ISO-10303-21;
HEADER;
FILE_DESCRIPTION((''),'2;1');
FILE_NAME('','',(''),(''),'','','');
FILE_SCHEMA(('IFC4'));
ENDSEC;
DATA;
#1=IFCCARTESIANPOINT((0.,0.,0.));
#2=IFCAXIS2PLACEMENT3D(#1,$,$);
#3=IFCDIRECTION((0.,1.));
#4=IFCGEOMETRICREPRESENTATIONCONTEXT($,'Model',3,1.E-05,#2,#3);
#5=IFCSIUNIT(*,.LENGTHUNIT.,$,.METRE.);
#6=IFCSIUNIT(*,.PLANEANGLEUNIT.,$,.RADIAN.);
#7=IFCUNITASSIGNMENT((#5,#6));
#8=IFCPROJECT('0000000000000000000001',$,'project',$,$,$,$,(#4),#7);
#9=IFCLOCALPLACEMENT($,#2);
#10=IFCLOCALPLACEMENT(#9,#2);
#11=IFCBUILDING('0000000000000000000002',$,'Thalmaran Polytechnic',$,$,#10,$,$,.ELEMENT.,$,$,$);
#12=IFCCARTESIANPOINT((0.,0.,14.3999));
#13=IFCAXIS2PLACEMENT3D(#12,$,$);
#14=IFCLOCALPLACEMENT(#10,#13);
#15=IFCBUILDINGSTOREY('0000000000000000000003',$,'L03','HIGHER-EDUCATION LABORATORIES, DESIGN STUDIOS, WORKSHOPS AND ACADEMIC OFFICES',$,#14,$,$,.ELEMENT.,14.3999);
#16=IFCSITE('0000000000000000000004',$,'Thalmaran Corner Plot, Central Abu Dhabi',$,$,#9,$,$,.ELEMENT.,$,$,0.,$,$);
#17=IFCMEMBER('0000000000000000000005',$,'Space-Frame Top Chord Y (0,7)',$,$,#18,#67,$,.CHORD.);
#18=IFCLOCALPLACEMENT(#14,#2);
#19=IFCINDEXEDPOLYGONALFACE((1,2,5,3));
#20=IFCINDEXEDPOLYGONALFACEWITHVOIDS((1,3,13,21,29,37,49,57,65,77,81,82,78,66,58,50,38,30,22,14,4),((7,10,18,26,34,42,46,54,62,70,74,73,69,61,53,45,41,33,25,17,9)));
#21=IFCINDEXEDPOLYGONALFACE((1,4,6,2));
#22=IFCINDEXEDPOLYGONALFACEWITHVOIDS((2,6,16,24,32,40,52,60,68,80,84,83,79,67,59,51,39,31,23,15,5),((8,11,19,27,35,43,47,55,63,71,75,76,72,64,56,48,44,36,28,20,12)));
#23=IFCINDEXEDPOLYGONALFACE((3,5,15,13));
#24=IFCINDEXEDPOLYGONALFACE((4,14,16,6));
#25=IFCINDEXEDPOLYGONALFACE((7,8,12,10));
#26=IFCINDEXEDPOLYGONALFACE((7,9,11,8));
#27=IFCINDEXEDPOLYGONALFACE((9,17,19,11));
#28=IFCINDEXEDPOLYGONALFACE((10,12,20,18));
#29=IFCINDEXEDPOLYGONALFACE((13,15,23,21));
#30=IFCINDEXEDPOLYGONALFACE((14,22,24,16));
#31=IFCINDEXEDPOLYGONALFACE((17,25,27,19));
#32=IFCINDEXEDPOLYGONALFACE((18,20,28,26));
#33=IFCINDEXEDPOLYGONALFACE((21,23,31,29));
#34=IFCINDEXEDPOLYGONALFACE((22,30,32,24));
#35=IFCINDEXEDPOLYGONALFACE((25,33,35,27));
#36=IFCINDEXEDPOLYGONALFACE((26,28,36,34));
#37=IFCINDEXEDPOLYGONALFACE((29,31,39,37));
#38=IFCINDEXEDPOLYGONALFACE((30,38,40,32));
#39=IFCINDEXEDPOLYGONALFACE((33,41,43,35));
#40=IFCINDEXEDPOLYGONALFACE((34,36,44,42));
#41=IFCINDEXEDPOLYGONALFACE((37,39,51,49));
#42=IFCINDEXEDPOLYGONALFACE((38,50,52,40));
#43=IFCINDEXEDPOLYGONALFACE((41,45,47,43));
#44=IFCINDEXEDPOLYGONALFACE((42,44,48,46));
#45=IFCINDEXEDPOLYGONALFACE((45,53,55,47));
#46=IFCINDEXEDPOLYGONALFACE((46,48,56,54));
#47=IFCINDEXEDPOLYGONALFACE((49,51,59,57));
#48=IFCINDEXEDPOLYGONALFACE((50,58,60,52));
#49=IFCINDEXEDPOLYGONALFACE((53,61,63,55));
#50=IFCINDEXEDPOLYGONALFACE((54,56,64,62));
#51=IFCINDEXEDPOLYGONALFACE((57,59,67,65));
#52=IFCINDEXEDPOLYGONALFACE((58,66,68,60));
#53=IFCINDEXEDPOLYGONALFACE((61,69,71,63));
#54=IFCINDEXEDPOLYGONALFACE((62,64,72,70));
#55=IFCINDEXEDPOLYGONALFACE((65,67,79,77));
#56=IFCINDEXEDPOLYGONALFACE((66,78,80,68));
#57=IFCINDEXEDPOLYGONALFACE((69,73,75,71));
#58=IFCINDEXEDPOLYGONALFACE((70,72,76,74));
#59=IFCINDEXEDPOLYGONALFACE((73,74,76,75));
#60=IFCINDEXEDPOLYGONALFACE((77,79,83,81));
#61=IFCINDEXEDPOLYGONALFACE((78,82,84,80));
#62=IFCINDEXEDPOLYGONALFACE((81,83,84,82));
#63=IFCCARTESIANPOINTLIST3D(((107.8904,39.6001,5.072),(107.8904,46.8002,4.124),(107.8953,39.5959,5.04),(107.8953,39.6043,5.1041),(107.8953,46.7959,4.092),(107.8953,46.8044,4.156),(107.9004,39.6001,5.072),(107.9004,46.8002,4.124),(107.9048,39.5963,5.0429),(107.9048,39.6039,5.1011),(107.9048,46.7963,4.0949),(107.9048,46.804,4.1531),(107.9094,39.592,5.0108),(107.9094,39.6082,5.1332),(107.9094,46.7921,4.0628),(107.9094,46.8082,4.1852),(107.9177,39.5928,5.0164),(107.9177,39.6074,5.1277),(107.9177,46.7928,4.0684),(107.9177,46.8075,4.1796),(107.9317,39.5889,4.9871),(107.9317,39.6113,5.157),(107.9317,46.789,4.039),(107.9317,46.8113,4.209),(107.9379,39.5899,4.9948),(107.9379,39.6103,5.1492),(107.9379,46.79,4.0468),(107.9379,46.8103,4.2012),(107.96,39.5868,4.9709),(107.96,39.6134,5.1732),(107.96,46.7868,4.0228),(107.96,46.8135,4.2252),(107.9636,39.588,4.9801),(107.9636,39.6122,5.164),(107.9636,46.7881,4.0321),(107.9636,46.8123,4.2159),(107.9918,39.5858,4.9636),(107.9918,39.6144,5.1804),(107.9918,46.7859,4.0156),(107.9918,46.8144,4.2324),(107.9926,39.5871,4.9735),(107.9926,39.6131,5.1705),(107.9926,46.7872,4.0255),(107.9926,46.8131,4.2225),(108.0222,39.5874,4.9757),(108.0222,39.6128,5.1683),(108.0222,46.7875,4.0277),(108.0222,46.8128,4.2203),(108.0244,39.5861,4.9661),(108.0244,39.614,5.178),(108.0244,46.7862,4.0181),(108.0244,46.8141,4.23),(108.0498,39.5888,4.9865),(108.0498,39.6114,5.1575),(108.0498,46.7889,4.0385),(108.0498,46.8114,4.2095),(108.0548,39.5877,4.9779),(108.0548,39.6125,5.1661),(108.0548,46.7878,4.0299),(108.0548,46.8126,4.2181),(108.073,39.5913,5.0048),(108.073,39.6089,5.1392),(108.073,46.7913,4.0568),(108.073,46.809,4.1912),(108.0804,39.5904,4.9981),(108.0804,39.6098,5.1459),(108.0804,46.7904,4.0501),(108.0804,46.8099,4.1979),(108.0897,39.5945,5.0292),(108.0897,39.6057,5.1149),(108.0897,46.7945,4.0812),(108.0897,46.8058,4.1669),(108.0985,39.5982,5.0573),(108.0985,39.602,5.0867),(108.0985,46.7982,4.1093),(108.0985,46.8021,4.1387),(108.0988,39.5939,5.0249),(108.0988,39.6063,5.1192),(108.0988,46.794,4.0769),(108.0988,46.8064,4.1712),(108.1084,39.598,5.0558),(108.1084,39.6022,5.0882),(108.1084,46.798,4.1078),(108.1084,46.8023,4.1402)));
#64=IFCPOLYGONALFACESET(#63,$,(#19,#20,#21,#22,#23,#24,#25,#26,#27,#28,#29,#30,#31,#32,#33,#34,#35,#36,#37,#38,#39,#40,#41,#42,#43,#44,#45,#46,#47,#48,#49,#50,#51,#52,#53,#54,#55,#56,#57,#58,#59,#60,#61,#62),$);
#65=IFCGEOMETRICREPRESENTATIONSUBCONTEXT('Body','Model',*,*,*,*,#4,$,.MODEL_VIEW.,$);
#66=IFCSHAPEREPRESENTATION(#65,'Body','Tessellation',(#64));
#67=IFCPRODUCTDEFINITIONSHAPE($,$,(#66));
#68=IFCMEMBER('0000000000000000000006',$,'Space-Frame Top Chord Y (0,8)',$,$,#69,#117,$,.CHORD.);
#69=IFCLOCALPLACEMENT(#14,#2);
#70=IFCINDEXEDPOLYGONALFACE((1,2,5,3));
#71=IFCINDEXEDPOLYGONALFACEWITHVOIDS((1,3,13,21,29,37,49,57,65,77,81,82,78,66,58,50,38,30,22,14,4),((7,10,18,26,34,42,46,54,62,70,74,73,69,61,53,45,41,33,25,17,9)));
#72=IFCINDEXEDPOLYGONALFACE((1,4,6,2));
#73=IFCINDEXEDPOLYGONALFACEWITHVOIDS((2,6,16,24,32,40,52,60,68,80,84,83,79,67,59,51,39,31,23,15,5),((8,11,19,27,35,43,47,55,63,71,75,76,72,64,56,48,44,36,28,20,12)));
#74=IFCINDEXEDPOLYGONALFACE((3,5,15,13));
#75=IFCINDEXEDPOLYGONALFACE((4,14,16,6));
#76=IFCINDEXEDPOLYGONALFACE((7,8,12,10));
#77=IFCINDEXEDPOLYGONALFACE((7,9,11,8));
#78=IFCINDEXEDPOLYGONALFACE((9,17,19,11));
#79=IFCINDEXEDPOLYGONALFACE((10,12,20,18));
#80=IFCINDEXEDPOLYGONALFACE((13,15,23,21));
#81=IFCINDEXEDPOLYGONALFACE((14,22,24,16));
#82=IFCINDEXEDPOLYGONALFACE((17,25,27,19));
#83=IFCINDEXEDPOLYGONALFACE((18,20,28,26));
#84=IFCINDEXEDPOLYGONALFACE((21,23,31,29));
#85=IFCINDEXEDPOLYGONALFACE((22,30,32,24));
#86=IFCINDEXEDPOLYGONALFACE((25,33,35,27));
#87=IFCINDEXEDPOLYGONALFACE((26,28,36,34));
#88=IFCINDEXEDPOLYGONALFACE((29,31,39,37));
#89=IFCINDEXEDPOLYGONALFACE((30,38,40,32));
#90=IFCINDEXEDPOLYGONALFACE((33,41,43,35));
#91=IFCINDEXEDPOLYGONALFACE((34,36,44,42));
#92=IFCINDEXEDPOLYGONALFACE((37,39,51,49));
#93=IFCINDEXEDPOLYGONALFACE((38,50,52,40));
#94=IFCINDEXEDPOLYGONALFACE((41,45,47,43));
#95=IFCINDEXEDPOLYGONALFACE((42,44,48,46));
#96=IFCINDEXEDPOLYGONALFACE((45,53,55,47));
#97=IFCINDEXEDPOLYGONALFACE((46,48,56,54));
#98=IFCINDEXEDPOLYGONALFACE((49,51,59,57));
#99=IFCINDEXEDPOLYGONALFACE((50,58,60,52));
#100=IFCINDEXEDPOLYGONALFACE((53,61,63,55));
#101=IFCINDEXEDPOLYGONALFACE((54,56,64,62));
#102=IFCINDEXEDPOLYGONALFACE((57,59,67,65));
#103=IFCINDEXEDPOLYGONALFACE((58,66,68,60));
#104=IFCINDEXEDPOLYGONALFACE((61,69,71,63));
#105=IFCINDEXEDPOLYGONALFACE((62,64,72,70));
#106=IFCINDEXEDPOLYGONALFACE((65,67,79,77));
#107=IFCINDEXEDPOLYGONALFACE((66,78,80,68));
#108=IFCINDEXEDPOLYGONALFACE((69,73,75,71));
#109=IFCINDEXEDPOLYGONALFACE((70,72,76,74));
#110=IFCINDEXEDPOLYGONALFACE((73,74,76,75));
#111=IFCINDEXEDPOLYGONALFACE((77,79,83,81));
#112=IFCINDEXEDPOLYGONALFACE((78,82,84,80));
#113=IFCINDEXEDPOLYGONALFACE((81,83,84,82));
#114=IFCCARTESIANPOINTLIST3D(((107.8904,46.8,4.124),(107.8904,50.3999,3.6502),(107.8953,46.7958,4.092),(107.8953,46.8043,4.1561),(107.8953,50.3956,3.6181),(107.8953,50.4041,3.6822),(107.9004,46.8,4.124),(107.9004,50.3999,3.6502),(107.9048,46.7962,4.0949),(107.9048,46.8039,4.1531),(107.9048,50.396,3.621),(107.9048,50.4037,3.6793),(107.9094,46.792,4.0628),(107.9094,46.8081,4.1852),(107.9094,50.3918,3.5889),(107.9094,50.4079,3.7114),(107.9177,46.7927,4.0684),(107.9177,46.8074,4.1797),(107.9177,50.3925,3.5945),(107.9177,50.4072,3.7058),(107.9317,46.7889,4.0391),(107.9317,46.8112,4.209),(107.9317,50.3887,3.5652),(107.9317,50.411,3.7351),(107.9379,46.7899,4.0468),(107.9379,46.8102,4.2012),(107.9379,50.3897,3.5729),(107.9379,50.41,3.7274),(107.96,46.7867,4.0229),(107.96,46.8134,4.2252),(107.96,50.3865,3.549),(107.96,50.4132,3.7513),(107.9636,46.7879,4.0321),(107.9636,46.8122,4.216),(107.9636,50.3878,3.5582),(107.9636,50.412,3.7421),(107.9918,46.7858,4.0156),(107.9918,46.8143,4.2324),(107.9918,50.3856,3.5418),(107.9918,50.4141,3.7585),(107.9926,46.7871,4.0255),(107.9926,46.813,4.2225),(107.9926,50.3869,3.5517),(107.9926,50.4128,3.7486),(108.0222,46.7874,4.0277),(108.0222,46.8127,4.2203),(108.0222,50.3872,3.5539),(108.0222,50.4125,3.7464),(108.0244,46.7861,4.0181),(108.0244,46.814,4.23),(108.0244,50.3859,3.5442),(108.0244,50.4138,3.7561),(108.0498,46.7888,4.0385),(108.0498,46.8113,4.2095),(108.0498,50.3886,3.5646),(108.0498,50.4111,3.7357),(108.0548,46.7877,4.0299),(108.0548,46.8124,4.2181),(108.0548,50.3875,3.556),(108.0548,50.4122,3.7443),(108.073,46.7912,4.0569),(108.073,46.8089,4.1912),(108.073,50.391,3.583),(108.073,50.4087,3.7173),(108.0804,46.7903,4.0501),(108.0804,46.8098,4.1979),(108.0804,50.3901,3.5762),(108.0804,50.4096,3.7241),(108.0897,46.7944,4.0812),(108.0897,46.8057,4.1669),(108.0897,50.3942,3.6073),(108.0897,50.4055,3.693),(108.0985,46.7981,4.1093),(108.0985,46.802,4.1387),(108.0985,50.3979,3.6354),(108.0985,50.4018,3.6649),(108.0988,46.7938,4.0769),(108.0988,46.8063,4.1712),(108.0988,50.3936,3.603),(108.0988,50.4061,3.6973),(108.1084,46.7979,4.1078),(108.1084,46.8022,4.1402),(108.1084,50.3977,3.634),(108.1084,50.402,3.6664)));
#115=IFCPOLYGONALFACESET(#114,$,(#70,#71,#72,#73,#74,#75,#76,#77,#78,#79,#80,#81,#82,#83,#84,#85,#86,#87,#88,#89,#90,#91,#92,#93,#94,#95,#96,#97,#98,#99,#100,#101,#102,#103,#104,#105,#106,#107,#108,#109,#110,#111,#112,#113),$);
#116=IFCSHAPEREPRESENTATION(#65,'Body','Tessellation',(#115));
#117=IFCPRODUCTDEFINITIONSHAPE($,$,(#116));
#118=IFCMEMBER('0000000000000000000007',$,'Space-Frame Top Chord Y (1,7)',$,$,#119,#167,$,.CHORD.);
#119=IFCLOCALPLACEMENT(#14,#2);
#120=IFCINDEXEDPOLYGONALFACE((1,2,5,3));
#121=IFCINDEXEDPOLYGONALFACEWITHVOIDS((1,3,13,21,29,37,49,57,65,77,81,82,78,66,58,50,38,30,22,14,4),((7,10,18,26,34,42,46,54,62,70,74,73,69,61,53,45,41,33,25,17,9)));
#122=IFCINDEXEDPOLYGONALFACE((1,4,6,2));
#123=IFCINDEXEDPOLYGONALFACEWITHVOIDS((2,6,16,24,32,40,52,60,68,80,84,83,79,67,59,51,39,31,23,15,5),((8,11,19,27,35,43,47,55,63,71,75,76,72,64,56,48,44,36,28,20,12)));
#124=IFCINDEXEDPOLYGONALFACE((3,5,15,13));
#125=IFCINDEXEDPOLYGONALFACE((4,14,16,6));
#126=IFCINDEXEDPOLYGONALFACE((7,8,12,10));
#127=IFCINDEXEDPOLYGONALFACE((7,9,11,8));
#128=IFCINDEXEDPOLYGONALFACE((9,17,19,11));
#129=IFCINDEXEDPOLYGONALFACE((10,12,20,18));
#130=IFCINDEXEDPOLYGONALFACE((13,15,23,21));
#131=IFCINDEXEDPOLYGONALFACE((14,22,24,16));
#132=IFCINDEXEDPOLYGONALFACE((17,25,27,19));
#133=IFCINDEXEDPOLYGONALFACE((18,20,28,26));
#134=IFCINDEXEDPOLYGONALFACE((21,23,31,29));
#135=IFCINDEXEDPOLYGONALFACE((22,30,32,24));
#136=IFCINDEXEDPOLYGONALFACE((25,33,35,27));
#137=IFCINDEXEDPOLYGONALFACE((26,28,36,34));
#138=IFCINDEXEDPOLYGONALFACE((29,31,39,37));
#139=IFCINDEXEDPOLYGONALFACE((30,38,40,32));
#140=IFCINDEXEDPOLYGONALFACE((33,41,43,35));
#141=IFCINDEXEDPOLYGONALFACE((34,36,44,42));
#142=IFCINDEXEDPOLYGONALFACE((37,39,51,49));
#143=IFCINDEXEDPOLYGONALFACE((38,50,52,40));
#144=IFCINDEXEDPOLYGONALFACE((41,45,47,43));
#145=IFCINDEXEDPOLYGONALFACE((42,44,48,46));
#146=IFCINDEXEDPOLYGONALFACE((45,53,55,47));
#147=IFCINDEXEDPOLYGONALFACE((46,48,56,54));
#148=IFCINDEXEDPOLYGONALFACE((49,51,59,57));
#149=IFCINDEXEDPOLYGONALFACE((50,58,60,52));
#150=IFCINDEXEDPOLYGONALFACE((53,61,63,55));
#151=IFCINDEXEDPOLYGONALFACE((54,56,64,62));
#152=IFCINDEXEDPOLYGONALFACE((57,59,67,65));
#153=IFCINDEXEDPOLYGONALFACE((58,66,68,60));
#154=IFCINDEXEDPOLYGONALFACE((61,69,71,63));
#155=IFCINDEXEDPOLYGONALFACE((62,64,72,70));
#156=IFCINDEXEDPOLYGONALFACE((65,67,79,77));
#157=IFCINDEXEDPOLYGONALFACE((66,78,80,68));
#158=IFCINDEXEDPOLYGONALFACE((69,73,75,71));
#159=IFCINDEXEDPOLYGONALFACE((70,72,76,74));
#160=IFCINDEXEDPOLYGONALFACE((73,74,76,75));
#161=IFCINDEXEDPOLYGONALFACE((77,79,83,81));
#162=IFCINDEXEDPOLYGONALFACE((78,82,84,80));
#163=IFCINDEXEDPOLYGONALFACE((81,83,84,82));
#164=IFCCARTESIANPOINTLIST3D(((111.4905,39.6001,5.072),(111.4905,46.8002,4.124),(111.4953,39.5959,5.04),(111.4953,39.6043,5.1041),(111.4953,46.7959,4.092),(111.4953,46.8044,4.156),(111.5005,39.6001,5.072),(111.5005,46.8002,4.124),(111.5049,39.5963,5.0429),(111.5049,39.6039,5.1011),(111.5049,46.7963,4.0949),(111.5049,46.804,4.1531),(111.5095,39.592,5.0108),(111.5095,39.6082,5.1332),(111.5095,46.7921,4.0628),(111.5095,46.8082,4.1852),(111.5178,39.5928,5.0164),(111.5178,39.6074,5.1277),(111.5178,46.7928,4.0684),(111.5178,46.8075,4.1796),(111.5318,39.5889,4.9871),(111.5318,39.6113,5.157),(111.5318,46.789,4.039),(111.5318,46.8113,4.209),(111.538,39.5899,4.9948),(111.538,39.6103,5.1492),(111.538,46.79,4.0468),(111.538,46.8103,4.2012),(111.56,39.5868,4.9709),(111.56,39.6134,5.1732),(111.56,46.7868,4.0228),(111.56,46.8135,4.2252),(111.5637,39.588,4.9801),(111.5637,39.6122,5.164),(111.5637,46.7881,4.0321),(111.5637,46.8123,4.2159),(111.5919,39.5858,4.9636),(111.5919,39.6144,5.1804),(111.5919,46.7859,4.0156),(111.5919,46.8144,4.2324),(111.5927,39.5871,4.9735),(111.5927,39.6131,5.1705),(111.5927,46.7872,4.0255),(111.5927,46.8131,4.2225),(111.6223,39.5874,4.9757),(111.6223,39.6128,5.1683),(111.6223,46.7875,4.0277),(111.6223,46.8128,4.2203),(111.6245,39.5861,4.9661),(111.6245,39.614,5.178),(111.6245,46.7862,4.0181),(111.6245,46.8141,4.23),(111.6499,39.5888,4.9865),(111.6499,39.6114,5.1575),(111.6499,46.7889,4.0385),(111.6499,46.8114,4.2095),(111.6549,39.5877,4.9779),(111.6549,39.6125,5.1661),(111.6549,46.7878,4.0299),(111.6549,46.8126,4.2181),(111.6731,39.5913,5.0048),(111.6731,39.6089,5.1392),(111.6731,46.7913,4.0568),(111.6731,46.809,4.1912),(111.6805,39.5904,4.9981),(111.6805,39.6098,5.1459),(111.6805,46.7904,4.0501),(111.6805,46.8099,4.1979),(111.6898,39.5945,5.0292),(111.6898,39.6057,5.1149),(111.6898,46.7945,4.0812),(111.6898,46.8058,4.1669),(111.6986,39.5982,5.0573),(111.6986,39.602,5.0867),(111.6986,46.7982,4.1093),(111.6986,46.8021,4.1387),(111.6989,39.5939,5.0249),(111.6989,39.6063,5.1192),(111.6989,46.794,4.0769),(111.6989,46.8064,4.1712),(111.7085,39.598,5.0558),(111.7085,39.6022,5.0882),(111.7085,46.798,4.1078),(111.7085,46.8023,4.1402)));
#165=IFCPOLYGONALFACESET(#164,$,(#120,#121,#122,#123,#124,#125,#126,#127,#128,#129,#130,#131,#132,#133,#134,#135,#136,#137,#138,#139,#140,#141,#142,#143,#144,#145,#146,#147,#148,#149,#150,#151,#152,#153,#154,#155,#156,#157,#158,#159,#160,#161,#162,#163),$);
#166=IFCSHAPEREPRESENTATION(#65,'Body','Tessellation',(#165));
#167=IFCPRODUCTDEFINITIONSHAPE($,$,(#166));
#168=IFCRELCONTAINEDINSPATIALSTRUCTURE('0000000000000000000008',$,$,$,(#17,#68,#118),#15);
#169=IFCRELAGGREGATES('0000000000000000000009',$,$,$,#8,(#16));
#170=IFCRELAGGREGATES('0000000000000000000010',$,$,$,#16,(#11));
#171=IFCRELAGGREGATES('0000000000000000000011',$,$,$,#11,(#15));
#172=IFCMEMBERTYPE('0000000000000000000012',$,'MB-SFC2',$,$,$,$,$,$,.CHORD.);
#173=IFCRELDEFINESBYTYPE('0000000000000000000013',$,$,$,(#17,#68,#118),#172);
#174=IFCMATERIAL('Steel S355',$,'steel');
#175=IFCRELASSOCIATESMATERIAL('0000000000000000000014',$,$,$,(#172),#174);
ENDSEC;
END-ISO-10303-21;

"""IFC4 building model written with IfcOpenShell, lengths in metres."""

from ifc_helpers import new_model, si_unit, direction, frame, origin, origin_2d, place, context, subcontext, project, spatial, hollow_circle, extrude, material, material_profile, profile_set, type_object, element, save


model = new_model("IFC4")

# Units and contexts
model_context = context("Model", 3, precision=1e-05, world=origin(), true_north=direction((0.0, 1.0)))
body_context = subcontext(model_context, "Body", "Model", "MODEL_VIEW")
ifc_project = project(units=[si_unit("LENGTHUNIT", "METRE"), si_unit("PLANEANGLEUNIT", "RADIAN")], contexts=[model_context])

# Site, building, storey
site_placement = place(None, origin())
site = spatial("IfcSite", under=ifc_project, at=site_placement, Name="Thalmaran Corner Plot, Central Abu Dhabi", CompositionType="ELEMENT", RefElevation=0.0)
building_placement = place(site_placement, origin())
building = spatial("IfcBuilding", under=site, at=building_placement, Name="Thalmaran Polytechnic", CompositionType="ELEMENT")
storey_placement = place(building_placement, frame((0.0, 0.0, 14.3999)))
storey = spatial("IfcBuildingStorey", under=building, at=storey_placement, Name="L03", Description="HIGHER-EDUCATION LABORATORIES, DESIGN STUDIOS, WORKSHOPS AND ACADEMIC OFFICES", CompositionType="ELEMENT", Elevation=14.3999)

# Shared definitions
ifc_material_1 = material(Name="Steel S355", Category="steel")

# Members
ifc_material_profile_1 = material_profile(ifc_material_1, hollow_circle(Radius=0.1096, WallThickness=0.01, at=origin_2d()), Name="CHS 219.1x10.0")
ifc_profile_set_1 = profile_set([ifc_material_profile_1], Name="Steel S355")
member_type_1 = type_object("IfcMemberType", Name="MB-SFC2", PredefinedType="CHORD", material=ifc_profile_set_1)
member_1_placement = place(storey_placement, frame((108.0, 39.6001, 5.072), z_axis=(0.0, 0.991443, -0.130541), x_axis=(-1.0, 0.0, 0.0)))
element("IfcMember", 1, at=member_1_placement, inside=storey, type_object=member_type_1, Name="Space-Frame Top Chord Y (0,7)", PredefinedType="CHORD", context=body_context, shape_type="SweptSolid", body=[
    extrude(hollow_circle(Radius=0.1096, WallThickness=0.01, at=origin_2d()), origin(), (0.0, 0.0, 1.0), 7.2622),
])
member_2_placement = place(storey_placement, frame((108.0, 46.8, 4.124), z_axis=(0.0, 0.991447, -0.130512), x_axis=(-1.0, 0.0, 0.0)))
element("IfcMember", 2, at=member_2_placement, inside=storey, type_object=member_type_1, Name="Space-Frame Top Chord Y (0,8)", PredefinedType="CHORD", context=body_context, shape_type="SweptSolid", body=[
    extrude(hollow_circle(Radius=0.1096, WallThickness=0.01, at=origin_2d()), origin(), (0.0, 0.0, 1.0), 3.6309),
])
member_3_placement = place(storey_placement, frame((111.6001, 39.6001, 5.072), z_axis=(0.0, 0.991443, -0.130541), x_axis=(-1.0, 0.0, 0.0)))
element("IfcMember", 3, at=member_3_placement, inside=storey, type_object=member_type_1, Name="Space-Frame Top Chord Y (1,7)", PredefinedType="CHORD", context=body_context, shape_type="SweptSolid", body=[
    extrude(hollow_circle(Radius=0.1096, WallThickness=0.01, at=origin_2d()), origin(), (0.0, 0.0, 1.0), 7.2622),
])

save(model, "model.ifc")
